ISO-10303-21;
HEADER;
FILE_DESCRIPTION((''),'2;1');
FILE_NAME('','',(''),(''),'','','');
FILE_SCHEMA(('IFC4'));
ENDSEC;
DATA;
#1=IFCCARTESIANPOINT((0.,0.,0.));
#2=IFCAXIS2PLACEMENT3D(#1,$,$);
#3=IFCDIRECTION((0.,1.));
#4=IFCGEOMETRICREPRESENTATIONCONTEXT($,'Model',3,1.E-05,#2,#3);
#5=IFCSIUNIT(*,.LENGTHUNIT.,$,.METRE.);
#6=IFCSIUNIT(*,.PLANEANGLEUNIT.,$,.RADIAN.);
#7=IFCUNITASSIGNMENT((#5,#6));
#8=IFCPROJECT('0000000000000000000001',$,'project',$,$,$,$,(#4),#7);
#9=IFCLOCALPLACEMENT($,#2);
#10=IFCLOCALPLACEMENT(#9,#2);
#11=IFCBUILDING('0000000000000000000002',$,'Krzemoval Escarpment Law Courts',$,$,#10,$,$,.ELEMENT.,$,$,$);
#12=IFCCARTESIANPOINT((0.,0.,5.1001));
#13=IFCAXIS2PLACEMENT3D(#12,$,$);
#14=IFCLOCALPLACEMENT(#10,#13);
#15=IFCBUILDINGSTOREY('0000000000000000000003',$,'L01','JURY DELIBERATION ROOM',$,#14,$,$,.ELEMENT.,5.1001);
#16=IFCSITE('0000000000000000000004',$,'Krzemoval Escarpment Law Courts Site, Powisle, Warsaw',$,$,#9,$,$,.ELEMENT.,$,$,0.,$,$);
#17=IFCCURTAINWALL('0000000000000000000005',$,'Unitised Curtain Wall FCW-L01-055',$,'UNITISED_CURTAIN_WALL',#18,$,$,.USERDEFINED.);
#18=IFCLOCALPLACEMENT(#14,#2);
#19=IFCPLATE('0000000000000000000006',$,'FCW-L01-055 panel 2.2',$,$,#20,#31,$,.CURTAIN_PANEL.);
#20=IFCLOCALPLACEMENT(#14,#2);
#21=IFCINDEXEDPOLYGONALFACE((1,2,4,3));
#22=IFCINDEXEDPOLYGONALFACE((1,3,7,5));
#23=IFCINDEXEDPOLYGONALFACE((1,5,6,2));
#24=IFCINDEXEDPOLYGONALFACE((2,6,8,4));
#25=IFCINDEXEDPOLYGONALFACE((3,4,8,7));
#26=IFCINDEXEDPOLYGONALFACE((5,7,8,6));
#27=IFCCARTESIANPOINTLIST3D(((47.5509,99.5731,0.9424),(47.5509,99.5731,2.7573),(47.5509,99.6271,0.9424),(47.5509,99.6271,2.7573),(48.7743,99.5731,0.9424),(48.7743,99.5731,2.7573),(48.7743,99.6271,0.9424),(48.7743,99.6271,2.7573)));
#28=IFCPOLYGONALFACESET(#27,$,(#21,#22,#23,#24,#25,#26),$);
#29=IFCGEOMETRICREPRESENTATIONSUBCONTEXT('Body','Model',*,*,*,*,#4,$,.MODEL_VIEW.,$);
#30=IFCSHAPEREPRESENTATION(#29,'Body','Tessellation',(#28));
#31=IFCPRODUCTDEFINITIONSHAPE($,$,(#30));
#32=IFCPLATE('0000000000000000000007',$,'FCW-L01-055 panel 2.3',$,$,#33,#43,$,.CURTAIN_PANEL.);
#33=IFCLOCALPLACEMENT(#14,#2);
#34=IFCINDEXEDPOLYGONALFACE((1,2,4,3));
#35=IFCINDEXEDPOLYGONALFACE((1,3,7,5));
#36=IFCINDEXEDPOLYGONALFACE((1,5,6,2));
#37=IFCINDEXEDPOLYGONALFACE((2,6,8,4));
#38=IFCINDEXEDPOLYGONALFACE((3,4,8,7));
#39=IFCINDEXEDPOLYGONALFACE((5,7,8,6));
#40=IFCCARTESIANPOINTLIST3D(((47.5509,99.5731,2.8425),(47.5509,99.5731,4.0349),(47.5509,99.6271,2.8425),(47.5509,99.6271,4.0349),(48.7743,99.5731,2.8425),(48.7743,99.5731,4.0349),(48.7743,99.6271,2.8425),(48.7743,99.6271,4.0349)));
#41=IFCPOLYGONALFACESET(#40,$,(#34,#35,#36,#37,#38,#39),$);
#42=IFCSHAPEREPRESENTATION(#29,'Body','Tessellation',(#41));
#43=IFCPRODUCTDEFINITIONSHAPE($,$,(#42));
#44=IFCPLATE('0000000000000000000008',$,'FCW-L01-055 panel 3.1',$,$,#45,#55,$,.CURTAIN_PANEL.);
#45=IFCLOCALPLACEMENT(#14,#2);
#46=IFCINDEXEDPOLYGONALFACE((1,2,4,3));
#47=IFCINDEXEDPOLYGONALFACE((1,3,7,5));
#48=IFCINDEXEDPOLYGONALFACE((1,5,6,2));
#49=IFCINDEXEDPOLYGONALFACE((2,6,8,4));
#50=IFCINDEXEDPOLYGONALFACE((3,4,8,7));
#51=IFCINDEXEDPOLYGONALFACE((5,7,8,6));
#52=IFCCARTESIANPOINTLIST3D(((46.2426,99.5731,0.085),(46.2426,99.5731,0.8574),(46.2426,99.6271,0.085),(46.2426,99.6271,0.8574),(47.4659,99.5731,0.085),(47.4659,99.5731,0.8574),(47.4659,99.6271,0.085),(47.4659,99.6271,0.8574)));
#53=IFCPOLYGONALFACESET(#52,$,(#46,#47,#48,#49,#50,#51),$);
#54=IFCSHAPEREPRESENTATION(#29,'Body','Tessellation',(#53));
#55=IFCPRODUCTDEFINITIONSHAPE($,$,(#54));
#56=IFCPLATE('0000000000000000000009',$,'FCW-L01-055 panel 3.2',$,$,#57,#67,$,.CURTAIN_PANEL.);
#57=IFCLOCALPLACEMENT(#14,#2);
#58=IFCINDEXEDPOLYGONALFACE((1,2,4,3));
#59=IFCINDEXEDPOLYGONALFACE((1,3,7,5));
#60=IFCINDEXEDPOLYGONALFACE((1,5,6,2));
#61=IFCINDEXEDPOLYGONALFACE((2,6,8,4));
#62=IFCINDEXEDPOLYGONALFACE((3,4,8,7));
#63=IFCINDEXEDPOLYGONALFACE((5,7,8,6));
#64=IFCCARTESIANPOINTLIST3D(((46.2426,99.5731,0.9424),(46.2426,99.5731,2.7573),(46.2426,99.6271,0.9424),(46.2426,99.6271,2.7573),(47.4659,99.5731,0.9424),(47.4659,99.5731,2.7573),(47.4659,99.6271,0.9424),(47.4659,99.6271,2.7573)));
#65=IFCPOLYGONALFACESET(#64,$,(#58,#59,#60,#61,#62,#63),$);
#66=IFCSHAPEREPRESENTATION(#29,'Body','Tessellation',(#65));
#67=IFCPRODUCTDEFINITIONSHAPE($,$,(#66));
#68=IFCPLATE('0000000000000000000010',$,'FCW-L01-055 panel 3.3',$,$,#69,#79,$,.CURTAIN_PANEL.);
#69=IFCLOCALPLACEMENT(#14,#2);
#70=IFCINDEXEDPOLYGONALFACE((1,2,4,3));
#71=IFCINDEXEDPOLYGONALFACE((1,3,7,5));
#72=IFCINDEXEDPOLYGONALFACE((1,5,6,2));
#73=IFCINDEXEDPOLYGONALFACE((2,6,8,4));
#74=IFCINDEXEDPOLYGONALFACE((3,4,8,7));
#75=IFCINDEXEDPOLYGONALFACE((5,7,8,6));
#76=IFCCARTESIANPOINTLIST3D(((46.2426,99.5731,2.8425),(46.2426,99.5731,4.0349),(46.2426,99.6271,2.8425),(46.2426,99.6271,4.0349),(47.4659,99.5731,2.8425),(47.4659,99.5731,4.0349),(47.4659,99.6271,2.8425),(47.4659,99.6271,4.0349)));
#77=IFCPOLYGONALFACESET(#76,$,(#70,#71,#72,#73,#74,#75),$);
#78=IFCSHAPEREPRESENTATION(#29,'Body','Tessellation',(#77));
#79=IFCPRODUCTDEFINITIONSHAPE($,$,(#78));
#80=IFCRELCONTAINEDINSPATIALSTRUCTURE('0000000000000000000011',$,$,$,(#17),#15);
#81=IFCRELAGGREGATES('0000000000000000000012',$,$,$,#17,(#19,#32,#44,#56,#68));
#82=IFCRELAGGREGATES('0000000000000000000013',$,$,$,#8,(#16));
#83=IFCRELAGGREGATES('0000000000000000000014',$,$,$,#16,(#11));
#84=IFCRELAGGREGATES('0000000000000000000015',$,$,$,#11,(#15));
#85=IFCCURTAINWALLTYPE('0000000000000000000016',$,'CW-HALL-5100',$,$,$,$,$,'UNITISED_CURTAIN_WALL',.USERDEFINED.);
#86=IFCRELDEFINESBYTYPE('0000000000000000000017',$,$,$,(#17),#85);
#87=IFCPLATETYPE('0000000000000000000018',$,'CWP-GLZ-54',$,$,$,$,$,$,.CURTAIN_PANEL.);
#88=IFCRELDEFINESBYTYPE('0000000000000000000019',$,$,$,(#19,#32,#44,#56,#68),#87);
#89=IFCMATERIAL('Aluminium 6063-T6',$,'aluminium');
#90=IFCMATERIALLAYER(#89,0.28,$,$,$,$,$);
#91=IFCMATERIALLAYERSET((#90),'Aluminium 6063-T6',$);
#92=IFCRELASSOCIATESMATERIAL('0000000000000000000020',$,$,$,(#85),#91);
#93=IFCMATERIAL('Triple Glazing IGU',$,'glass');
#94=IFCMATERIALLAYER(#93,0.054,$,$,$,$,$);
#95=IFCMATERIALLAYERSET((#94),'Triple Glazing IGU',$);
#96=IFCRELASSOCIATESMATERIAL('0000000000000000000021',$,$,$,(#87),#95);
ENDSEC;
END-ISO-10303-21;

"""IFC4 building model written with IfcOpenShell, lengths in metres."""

from ifc_helpers import new_model, si_unit, direction, frame, origin, origin_2d, place, context, subcontext, project, spatial, rectangle, extrude, material, layer, layer_set, type_object, element, aggregate, save


model = new_model("IFC4")

# Units and contexts
model_context = context("Model", 3, precision=1e-05, world=origin(), true_north=direction((0.0, 1.0)))
body_context = subcontext(model_context, "Body", "Model", "MODEL_VIEW")
ifc_project = project(units=[si_unit("LENGTHUNIT", "METRE"), si_unit("PLANEANGLEUNIT", "RADIAN")], contexts=[model_context])

# Site, building, storey
site_placement = place(None, origin())
site = spatial("IfcSite", under=ifc_project, at=site_placement, Name="Krzemoval Escarpment Law Courts Site, Powisle, Warsaw", CompositionType="ELEMENT", RefElevation=0.0)
building_placement = place(site_placement, origin())
building = spatial("IfcBuilding", under=site, at=building_placement, Name="Krzemoval Escarpment Law Courts", CompositionType="ELEMENT")
storey_placement = place(building_placement, frame((0.0, 0.0, 5.1001)))
storey = spatial("IfcBuildingStorey", under=building, at=storey_placement, Name="L01", Description="JURY DELIBERATION ROOM", CompositionType="ELEMENT", Elevation=5.1001)

# Curtain wall
ifc_material_1 = material(Name="Aluminium 6063-T6", Category="aluminium")
ifc_layer_1 = layer(ifc_material_1, 0.28)
ifc_layer_set_1 = layer_set([ifc_layer_1], Name="Aluminium 6063-T6")
curtain_wall_type = type_object("IfcCurtainWallType", Name="CW-HALL-5100", ElementType="UNITISED_CURTAIN_WALL", PredefinedType="USERDEFINED", material=ifc_layer_set_1)
curtain_wall_placement = place(storey_placement, origin())
curtain_wall = element("IfcCurtainWall", 1, at=curtain_wall_placement, inside=storey, type_object=curtain_wall_type, Name="Unitised Curtain Wall FCW-L01-055", ObjectType="UNITISED_CURTAIN_WALL", PredefinedType="USERDEFINED")

# Plates
ifc_material_2 = material(Name="Triple Glazing IGU", Category="glass")
ifc_layer_2 = layer(ifc_material_2, 0.054)
ifc_layer_set_2 = layer_set([ifc_layer_2], Name="Triple Glazing IGU")
plate_type = type_object("IfcPlateType", Name="CWP-GLZ-54", PredefinedType="CURTAIN_PANEL", material=ifc_layer_set_2)
plate_1_placement = place(storey_placement, frame((48.1626, 99.6001, 0.9424), z_axis=(0.0, 0.0, 1.0), x_axis=(-1.0, 0.0, 0.0)))
plate_1 = element("IfcPlate", 2, at=plate_1_placement, type_object=plate_type, Name="FCW-L01-055 panel 2.2", PredefinedType="CURTAIN_PANEL", context=body_context, shape_type="SweptSolid", body=[
    extrude(rectangle(XDim=1.2234, YDim=0.054, at=origin_2d()), origin(), (0.0, 0.0, 1.0), 1.8149),
])
plate_2_placement = place(storey_placement, frame((48.1626, 99.6001, 2.8425), z_axis=(0.0, 0.0, 1.0), x_axis=(-1.0, 0.0, 0.0)))
plate_2 = element("IfcPlate", 3, at=plate_2_placement, type_object=plate_type, Name="FCW-L01-055 panel 2.3", PredefinedType="CURTAIN_PANEL", context=body_context, shape_type="SweptSolid", body=[
    extrude(rectangle(XDim=1.2234, YDim=0.054, at=origin_2d()), origin(), (0.0, 0.0, 1.0), 1.1924),
])
plate_3_placement = place(storey_placement, frame((46.8542, 99.6001, 0.085), z_axis=(0.0, 0.0, 1.0), x_axis=(-1.0, 0.0, 0.0)))
plate_3 = element("IfcPlate", 4, at=plate_3_placement, type_object=plate_type, Name="FCW-L01-055 panel 3.1", PredefinedType="CURTAIN_PANEL", context=body_context, shape_type="SweptSolid", body=[
    extrude(rectangle(XDim=1.2234, YDim=0.054, at=origin_2d()), origin(), (0.0, 0.0, 1.0), 0.7725),
])
plate_4_placement = place(storey_placement, frame((46.8542, 99.6001, 0.9424), z_axis=(0.0, 0.0, 1.0), x_axis=(-1.0, 0.0, 0.0)))
plate_4 = element("IfcPlate", 5, at=plate_4_placement, type_object=plate_type, Name="FCW-L01-055 panel 3.2", PredefinedType="CURTAIN_PANEL", context=body_context, shape_type="SweptSolid", body=[
    extrude(rectangle(XDim=1.2234, YDim=0.054, at=origin_2d()), origin(), (0.0, 0.0, 1.0), 1.8149),
])
plate_5_placement = place(storey_placement, frame((46.8542, 99.6001, 2.8425), z_axis=(0.0, 0.0, 1.0), x_axis=(-1.0, 0.0, 0.0)))
plate_5 = element("IfcPlate", 6, at=plate_5_placement, type_object=plate_type, Name="FCW-L01-055 panel 3.3", PredefinedType="CURTAIN_PANEL", context=body_context, shape_type="SweptSolid", body=[
    extrude(rectangle(XDim=1.2234, YDim=0.054, at=origin_2d()), origin(), (0.0, 0.0, 1.0), 1.1924),
])
aggregate(curtain_wall, [plate_1, plate_2, plate_3, plate_4, plate_5])

save(model, "model.ifc")
